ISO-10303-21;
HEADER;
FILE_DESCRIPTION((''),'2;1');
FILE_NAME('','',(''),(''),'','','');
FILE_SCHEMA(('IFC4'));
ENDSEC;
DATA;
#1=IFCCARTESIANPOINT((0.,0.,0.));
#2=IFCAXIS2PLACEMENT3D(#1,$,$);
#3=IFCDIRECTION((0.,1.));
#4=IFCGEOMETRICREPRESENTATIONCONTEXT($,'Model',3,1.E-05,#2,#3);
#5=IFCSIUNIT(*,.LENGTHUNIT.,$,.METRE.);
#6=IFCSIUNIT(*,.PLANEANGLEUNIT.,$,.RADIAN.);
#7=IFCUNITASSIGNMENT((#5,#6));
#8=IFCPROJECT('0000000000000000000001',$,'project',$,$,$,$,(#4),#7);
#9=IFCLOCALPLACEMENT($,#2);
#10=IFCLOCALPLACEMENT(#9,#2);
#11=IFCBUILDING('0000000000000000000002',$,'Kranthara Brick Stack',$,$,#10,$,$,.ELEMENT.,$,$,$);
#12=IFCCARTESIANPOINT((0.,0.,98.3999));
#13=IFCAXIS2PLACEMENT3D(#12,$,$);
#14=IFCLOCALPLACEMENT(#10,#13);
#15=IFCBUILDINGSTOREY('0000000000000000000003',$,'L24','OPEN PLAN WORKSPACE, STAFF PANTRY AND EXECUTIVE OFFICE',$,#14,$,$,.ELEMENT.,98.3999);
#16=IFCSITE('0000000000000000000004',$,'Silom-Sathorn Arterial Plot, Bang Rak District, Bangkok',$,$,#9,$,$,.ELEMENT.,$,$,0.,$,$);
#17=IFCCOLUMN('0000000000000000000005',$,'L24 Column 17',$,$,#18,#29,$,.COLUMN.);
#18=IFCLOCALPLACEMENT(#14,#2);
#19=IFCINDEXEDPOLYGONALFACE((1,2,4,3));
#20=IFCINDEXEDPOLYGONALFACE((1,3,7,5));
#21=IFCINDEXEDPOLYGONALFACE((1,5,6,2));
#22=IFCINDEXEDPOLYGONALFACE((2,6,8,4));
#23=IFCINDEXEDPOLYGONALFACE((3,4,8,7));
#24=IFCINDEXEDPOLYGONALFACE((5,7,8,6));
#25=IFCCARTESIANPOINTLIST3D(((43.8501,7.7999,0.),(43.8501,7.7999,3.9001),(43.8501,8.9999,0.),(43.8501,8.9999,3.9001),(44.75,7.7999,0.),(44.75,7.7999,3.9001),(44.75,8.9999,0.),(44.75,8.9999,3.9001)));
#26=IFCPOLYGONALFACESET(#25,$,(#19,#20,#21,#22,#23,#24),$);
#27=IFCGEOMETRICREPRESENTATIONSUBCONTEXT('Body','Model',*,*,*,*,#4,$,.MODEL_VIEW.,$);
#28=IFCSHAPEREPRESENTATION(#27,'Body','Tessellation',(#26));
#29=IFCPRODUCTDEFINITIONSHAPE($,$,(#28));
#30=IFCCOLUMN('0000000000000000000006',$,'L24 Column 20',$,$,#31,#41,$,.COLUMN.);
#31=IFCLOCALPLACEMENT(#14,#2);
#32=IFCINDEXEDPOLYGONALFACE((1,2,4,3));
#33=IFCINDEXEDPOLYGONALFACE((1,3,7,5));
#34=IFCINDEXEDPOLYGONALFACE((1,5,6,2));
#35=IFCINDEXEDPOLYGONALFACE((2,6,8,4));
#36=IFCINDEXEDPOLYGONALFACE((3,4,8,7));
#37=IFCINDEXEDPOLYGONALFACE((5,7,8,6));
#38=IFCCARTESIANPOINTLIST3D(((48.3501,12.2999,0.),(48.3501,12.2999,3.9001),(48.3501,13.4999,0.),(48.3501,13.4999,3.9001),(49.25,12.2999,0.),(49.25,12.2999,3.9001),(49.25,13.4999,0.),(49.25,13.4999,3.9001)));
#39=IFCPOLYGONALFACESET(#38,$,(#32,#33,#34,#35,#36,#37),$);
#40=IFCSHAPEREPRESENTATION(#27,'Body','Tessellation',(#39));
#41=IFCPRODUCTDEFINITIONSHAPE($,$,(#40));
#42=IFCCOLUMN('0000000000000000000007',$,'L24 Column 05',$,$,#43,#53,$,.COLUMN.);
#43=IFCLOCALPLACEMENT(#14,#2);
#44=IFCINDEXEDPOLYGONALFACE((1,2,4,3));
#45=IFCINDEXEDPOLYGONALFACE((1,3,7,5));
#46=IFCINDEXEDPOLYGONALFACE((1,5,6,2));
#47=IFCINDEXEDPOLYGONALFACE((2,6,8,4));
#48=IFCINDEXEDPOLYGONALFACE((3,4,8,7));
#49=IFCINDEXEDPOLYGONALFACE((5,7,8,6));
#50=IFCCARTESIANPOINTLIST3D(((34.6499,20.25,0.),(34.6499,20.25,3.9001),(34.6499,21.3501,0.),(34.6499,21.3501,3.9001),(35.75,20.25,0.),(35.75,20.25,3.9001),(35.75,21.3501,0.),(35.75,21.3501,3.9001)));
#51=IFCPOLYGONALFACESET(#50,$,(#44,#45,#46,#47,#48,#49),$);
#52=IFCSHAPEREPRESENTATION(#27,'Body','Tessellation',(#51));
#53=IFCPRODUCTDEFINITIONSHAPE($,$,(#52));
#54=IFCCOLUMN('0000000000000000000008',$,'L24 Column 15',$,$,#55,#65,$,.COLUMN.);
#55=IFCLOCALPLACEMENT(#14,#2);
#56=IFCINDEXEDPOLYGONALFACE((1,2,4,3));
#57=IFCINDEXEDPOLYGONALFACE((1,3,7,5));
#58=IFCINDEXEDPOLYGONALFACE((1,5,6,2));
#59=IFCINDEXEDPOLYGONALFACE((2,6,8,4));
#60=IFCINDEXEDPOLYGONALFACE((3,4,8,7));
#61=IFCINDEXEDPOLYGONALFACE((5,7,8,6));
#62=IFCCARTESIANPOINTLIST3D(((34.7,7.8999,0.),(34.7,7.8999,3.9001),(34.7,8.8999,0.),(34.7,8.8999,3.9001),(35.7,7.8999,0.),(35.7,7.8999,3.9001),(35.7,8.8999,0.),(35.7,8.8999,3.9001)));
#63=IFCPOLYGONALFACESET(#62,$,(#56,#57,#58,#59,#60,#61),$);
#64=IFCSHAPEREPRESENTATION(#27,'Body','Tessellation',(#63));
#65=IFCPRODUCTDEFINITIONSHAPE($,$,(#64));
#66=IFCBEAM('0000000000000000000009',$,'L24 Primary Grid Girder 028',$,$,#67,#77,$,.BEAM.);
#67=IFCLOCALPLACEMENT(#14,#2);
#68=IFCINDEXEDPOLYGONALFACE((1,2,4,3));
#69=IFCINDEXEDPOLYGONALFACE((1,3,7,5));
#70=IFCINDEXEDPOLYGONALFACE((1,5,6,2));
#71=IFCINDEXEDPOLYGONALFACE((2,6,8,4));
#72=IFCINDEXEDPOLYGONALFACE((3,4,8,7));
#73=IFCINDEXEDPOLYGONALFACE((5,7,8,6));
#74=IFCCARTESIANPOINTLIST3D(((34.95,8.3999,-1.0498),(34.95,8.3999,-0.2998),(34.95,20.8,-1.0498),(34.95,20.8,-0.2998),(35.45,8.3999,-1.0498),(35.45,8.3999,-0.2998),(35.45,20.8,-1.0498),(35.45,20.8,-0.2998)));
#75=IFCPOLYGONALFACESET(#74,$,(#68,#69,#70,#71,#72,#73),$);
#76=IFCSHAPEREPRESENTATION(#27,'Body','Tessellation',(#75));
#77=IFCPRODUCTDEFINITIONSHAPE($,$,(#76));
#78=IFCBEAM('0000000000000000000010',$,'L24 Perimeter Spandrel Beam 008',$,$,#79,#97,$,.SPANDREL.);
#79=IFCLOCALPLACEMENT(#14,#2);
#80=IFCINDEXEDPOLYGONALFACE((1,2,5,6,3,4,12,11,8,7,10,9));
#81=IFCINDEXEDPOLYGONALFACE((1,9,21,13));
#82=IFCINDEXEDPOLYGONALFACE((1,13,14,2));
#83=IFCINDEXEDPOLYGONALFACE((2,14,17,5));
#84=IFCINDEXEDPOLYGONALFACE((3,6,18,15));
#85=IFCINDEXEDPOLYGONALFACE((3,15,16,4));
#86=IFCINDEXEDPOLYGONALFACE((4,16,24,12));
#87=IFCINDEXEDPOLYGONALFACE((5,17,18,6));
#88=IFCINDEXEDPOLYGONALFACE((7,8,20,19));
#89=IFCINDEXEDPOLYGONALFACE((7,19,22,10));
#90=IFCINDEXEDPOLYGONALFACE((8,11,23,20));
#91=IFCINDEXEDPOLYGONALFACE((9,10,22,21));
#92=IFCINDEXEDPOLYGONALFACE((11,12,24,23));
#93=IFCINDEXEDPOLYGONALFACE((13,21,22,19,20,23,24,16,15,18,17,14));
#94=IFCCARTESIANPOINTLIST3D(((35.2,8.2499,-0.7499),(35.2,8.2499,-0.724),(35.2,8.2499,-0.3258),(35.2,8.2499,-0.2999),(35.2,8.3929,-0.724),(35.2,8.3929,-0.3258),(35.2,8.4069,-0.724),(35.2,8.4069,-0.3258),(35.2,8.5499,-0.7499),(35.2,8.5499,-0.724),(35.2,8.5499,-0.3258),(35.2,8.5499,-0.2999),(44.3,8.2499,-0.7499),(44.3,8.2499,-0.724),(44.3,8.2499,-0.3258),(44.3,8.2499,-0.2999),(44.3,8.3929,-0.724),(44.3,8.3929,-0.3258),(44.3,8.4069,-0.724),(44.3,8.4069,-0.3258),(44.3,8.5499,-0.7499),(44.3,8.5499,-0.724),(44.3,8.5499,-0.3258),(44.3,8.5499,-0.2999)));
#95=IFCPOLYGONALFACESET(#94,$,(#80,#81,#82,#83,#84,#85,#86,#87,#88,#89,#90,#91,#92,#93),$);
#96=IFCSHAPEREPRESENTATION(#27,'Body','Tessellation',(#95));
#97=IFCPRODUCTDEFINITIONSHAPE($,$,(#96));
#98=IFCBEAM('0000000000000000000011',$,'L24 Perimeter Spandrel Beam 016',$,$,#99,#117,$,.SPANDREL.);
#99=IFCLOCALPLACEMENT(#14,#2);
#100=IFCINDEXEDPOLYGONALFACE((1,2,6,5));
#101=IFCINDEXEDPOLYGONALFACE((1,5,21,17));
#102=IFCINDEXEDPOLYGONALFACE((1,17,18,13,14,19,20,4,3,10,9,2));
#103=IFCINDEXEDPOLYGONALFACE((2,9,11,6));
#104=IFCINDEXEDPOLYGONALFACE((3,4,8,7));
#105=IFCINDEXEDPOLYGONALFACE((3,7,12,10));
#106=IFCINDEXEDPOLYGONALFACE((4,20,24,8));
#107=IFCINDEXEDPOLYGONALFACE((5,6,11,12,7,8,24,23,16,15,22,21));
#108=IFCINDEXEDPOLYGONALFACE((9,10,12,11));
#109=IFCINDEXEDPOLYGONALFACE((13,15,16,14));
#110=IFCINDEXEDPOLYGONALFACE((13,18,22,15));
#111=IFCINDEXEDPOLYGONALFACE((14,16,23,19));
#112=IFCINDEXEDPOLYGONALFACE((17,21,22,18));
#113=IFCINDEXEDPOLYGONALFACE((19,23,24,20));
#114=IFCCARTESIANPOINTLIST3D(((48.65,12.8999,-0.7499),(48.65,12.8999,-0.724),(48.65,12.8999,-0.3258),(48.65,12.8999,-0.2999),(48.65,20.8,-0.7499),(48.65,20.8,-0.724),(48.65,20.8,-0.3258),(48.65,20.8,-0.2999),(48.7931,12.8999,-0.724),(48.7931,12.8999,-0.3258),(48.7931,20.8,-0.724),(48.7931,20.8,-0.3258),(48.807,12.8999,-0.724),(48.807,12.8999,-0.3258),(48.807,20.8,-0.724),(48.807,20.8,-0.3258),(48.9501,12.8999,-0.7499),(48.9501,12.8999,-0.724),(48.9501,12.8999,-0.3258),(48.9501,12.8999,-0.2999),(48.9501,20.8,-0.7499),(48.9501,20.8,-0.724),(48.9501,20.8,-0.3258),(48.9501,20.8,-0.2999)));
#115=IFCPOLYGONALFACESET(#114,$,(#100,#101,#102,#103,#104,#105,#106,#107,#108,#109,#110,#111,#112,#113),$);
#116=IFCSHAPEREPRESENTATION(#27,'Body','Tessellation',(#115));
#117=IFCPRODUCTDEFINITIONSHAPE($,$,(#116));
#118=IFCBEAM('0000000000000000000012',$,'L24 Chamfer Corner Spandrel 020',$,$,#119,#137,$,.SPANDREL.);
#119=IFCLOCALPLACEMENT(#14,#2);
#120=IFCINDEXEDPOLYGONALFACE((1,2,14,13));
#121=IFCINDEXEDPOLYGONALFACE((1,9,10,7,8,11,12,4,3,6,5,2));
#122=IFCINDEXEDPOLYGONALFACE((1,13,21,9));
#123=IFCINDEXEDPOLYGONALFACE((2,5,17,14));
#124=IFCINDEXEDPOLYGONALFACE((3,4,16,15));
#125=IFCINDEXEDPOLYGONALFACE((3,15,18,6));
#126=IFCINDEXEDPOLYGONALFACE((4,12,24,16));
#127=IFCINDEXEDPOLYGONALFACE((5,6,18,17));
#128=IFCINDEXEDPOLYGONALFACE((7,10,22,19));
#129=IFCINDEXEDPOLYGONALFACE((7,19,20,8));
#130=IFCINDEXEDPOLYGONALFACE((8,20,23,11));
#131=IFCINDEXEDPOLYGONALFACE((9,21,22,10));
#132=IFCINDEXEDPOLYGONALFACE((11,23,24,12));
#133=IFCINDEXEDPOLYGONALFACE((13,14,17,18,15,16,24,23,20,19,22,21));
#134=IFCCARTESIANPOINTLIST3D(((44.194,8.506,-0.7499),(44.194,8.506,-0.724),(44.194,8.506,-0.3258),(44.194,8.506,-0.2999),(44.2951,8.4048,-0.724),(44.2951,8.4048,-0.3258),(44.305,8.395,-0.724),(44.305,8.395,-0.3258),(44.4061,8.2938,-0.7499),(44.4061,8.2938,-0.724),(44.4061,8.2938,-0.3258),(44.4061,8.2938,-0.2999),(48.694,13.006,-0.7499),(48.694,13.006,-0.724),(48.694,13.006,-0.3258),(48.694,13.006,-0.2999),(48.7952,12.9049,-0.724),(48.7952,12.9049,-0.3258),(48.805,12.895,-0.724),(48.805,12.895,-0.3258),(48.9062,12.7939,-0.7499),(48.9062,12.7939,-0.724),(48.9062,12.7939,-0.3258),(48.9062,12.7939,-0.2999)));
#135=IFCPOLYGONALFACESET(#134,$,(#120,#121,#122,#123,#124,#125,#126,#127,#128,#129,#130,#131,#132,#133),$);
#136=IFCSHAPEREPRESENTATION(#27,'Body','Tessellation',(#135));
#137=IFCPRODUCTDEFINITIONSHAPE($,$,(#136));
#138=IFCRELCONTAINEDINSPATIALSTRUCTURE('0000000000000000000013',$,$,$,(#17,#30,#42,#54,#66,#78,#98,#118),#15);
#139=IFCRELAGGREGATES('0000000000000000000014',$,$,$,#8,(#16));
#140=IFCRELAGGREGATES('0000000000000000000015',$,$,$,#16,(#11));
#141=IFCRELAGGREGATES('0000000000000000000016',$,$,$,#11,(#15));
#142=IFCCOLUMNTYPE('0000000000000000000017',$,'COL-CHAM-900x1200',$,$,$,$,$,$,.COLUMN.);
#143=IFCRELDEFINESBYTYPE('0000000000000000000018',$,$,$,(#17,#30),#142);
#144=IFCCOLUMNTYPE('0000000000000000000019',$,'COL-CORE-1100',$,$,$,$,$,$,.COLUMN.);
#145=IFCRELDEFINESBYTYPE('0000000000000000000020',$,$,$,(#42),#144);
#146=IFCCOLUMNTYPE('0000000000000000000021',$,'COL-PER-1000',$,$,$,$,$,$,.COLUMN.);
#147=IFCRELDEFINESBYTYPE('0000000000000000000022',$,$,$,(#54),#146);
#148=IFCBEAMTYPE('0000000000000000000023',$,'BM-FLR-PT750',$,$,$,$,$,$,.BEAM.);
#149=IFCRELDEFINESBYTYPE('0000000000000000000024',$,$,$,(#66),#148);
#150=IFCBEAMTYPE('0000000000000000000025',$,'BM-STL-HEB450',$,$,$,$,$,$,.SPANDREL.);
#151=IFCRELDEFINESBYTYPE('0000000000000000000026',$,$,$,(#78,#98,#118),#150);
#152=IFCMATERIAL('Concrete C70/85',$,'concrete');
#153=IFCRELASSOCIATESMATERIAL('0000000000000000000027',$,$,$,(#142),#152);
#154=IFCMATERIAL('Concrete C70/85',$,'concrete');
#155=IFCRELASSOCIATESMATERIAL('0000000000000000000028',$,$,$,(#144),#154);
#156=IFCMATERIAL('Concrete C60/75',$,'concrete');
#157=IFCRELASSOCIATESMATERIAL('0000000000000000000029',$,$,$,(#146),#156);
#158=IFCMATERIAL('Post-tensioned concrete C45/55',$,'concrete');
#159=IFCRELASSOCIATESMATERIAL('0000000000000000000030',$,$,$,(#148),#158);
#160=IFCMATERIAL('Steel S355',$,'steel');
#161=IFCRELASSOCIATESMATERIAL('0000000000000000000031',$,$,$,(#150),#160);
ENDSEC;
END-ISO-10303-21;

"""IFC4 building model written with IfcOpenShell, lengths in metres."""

from ifc_helpers import new_model, si_unit, direction, frame, origin, origin_2d, place, context, subcontext, project, spatial, rectangle, i_section, extrude, material, material_profile, profile_set, type_object, element, save


model = new_model("IFC4")

# Units and contexts
model_context = context("Model", 3, precision=1e-05, world=origin(), true_north=direction((0.0, 1.0)))
body_context = subcontext(model_context, "Body", "Model", "MODEL_VIEW")
ifc_project = project(units=[si_unit("LENGTHUNIT", "METRE"), si_unit("PLANEANGLEUNIT", "RADIAN")], contexts=[model_context])

# Site, building, storey
site_placement = place(None, origin())
site = spatial("IfcSite", under=ifc_project, at=site_placement, Name="Silom-Sathorn Arterial Plot, Bang Rak District, Bangkok", CompositionType="ELEMENT", RefElevation=0.0)
building_placement = place(site_placement, origin())
building = spatial("IfcBuilding", under=site, at=building_placement, Name="Kranthara Brick Stack", CompositionType="ELEMENT")
storey_placement = place(building_placement, frame((0.0, 0.0, 98.3999)))
storey = spatial("IfcBuildingStorey", under=building, at=storey_placement, Name="L24", Description="OPEN PLAN WORKSPACE, STAFF PANTRY AND EXECUTIVE OFFICE", CompositionType="ELEMENT", Elevation=98.3999)

# Columns
ifc_material_1 = material(Name="Concrete C70/85", Category="concrete")
ifc_material_profile_1 = material_profile(ifc_material_1, rectangle(XDim=0.8999, YDim=1.2, at=origin_2d()), Name="RC 900x1200")
ifc_profile_set_1 = profile_set([ifc_material_profile_1], Name="Concrete C70/85")
column_type_1 = type_object("IfcColumnType", Name="COL-CHAM-900x1200", PredefinedType="COLUMN", material=ifc_profile_set_1)
for number, where, z_axis, x_axis, name in (
    (1, (44.3, 8.3999, 0.0), (0.0, 0.0, 1.0), (1.0, 0.0, 0.0), "L24 Column 17"),
    (2, (48.8, 12.8999, 0.0), (0.0, 0.0, 1.0), (1.0, 0.0, 0.0), "L24 Column 20"),
):
    element("IfcColumn", number, at=place(storey_placement, frame(where, z_axis=z_axis, x_axis=x_axis)), inside=storey, type_object=column_type_1, Name=name, PredefinedType="COLUMN", context=body_context, shape_type="SweptSolid", body=[
        extrude(rectangle(XDim=0.8999, YDim=1.2, at=origin_2d()), origin(), (0.0, 0.0, 1.0), 3.9001),
    ])
ifc_material_2 = material(Name="Concrete C70/85", Category="concrete")
ifc_material_profile_2 = material_profile(ifc_material_2, rectangle(XDim=1.1001, YDim=1.1001, at=origin_2d()), Name="RC 1100x1100")
ifc_profile_set_2 = profile_set([ifc_material_profile_2], Name="Concrete C70/85")
column_type_2 = type_object("IfcColumnType", Name="COL-CORE-1100", PredefinedType="COLUMN", material=ifc_profile_set_2)
column_1_placement = place(storey_placement, frame((35.2, 20.8, 0.0), z_axis=(0.0, 0.0, 1.0), x_axis=(1.0, 0.0, 0.0)))
element("IfcColumn", 3, at=column_1_placement, inside=storey, type_object=column_type_2, Name="L24 Column 05", PredefinedType="COLUMN", context=body_context, shape_type="SweptSolid", body=[
    extrude(rectangle(XDim=1.1001, YDim=1.1001, at=origin_2d()), origin(), (0.0, 0.0, 1.0), 3.9001),
])
ifc_material_3 = material(Name="Concrete C60/75", Category="concrete")
ifc_material_profile_3 = material_profile(ifc_material_3, rectangle(XDim=1.0, YDim=1.0, at=origin_2d()), Name="RC 1000x1000")
ifc_profile_set_3 = profile_set([ifc_material_profile_3], Name="Concrete C60/75")
column_type_3 = type_object("IfcColumnType", Name="COL-PER-1000", PredefinedType="COLUMN", material=ifc_profile_set_3)
column_2_placement = place(storey_placement, frame((35.2, 8.3999, 0.0), z_axis=(0.0, 0.0, 1.0), x_axis=(1.0, 0.0, 0.0)))
element("IfcColumn", 4, at=column_2_placement, inside=storey, type_object=column_type_3, Name="L24 Column 15", PredefinedType="COLUMN", context=body_context, shape_type="SweptSolid", body=[
    extrude(rectangle(XDim=1.0, YDim=1.0, at=origin_2d()), origin(), (0.0, 0.0, 1.0), 3.9001),
])

# Beams
ifc_material_4 = material(Name="Post-tensioned concrete C45/55", Category="concrete")
ifc_material_profile_4 = material_profile(ifc_material_4, rectangle(XDim=0.5, YDim=0.75, at=origin_2d()), Name="PT 500x750")
ifc_profile_set_4 = profile_set([ifc_material_profile_4], Name="Post-tensioned concrete C45/55")
beam_type_1 = type_object("IfcBeamType", Name="BM-FLR-PT750", PredefinedType="BEAM", material=ifc_profile_set_4)
beam_1_placement = place(storey_placement, frame((35.2, 8.3999, -0.6748), z_axis=(0.0, 1.0, 0.0), x_axis=(-1.0, 0.0, 0.0)))
element("IfcBeam", 5, at=beam_1_placement, inside=storey, type_object=beam_type_1, Name="L24 Primary Grid Girder 028", PredefinedType="BEAM", context=body_context, shape_type="SweptSolid", body=[
    extrude(rectangle(XDim=0.5, YDim=0.75, at=origin_2d()), origin(), (0.0, 0.0, 1.0), 12.4001),
])
ifc_material_5 = material(Name="Steel S355", Category="steel")
ifc_material_profile_5 = material_profile(ifc_material_5, i_section(OverallWidth=0.3, OverallDepth=0.45, WebThickness=0.0139, FlangeThickness=0.0259, at=origin_2d()), Name="HEB 450")
ifc_profile_set_5 = profile_set([ifc_material_profile_5], Name="Steel S355")
beam_type_2 = type_object("IfcBeamType", Name="BM-STL-HEB450", PredefinedType="SPANDREL", material=ifc_profile_set_5)
beam_2_placement = place(storey_placement, frame((35.2, 8.3999, -0.5249), z_axis=(1.0, 0.0, 0.0), x_axis=(0.0, 1.0, 0.0)))
element("IfcBeam", 6, at=beam_2_placement, inside=storey, type_object=beam_type_2, Name="L24 Perimeter Spandrel Beam 008", PredefinedType="SPANDREL", context=body_context, shape_type="SweptSolid", body=[
    extrude(i_section(OverallWidth=0.3, OverallDepth=0.45, WebThickness=0.0139, FlangeThickness=0.0259, at=origin_2d()), origin(), (0.0, 0.0, 1.0), 9.1001),
])
beam_3_placement = place(storey_placement, frame((48.8, 12.8999, -0.5249), z_axis=(0.0, 1.0, 0.0), x_axis=(-1.0, 0.0, 0.0)))
element("IfcBeam", 7, at=beam_3_placement, inside=storey, type_object=beam_type_2, Name="L24 Perimeter Spandrel Beam 016", PredefinedType="SPANDREL", context=body_context, shape_type="SweptSolid", body=[
    extrude(i_section(OverallWidth=0.3, OverallDepth=0.45, WebThickness=0.0139, FlangeThickness=0.0259, at=origin_2d()), origin(), (0.0, 0.0, 1.0), 7.9001),
])
beam_4_placement = place(storey_placement, frame((44.3, 8.3999, -0.5249), z_axis=(0.707107, 0.707107, 0.0), x_axis=(-0.707107, 0.707107, 0.0)))
element("IfcBeam", 8, at=beam_4_placement, inside=storey, type_object=beam_type_2, Name="L24 Chamfer Corner Spandrel 020", PredefinedType="SPANDREL", context=body_context, shape_type="SweptSolid", body=[
    extrude(i_section(OverallWidth=0.3, OverallDepth=0.45, WebThickness=0.0139, FlangeThickness=0.0259, at=origin_2d()), origin(), (0.0, 0.0, 1.0), 6.364),
])

save(model, "model.ifc")
